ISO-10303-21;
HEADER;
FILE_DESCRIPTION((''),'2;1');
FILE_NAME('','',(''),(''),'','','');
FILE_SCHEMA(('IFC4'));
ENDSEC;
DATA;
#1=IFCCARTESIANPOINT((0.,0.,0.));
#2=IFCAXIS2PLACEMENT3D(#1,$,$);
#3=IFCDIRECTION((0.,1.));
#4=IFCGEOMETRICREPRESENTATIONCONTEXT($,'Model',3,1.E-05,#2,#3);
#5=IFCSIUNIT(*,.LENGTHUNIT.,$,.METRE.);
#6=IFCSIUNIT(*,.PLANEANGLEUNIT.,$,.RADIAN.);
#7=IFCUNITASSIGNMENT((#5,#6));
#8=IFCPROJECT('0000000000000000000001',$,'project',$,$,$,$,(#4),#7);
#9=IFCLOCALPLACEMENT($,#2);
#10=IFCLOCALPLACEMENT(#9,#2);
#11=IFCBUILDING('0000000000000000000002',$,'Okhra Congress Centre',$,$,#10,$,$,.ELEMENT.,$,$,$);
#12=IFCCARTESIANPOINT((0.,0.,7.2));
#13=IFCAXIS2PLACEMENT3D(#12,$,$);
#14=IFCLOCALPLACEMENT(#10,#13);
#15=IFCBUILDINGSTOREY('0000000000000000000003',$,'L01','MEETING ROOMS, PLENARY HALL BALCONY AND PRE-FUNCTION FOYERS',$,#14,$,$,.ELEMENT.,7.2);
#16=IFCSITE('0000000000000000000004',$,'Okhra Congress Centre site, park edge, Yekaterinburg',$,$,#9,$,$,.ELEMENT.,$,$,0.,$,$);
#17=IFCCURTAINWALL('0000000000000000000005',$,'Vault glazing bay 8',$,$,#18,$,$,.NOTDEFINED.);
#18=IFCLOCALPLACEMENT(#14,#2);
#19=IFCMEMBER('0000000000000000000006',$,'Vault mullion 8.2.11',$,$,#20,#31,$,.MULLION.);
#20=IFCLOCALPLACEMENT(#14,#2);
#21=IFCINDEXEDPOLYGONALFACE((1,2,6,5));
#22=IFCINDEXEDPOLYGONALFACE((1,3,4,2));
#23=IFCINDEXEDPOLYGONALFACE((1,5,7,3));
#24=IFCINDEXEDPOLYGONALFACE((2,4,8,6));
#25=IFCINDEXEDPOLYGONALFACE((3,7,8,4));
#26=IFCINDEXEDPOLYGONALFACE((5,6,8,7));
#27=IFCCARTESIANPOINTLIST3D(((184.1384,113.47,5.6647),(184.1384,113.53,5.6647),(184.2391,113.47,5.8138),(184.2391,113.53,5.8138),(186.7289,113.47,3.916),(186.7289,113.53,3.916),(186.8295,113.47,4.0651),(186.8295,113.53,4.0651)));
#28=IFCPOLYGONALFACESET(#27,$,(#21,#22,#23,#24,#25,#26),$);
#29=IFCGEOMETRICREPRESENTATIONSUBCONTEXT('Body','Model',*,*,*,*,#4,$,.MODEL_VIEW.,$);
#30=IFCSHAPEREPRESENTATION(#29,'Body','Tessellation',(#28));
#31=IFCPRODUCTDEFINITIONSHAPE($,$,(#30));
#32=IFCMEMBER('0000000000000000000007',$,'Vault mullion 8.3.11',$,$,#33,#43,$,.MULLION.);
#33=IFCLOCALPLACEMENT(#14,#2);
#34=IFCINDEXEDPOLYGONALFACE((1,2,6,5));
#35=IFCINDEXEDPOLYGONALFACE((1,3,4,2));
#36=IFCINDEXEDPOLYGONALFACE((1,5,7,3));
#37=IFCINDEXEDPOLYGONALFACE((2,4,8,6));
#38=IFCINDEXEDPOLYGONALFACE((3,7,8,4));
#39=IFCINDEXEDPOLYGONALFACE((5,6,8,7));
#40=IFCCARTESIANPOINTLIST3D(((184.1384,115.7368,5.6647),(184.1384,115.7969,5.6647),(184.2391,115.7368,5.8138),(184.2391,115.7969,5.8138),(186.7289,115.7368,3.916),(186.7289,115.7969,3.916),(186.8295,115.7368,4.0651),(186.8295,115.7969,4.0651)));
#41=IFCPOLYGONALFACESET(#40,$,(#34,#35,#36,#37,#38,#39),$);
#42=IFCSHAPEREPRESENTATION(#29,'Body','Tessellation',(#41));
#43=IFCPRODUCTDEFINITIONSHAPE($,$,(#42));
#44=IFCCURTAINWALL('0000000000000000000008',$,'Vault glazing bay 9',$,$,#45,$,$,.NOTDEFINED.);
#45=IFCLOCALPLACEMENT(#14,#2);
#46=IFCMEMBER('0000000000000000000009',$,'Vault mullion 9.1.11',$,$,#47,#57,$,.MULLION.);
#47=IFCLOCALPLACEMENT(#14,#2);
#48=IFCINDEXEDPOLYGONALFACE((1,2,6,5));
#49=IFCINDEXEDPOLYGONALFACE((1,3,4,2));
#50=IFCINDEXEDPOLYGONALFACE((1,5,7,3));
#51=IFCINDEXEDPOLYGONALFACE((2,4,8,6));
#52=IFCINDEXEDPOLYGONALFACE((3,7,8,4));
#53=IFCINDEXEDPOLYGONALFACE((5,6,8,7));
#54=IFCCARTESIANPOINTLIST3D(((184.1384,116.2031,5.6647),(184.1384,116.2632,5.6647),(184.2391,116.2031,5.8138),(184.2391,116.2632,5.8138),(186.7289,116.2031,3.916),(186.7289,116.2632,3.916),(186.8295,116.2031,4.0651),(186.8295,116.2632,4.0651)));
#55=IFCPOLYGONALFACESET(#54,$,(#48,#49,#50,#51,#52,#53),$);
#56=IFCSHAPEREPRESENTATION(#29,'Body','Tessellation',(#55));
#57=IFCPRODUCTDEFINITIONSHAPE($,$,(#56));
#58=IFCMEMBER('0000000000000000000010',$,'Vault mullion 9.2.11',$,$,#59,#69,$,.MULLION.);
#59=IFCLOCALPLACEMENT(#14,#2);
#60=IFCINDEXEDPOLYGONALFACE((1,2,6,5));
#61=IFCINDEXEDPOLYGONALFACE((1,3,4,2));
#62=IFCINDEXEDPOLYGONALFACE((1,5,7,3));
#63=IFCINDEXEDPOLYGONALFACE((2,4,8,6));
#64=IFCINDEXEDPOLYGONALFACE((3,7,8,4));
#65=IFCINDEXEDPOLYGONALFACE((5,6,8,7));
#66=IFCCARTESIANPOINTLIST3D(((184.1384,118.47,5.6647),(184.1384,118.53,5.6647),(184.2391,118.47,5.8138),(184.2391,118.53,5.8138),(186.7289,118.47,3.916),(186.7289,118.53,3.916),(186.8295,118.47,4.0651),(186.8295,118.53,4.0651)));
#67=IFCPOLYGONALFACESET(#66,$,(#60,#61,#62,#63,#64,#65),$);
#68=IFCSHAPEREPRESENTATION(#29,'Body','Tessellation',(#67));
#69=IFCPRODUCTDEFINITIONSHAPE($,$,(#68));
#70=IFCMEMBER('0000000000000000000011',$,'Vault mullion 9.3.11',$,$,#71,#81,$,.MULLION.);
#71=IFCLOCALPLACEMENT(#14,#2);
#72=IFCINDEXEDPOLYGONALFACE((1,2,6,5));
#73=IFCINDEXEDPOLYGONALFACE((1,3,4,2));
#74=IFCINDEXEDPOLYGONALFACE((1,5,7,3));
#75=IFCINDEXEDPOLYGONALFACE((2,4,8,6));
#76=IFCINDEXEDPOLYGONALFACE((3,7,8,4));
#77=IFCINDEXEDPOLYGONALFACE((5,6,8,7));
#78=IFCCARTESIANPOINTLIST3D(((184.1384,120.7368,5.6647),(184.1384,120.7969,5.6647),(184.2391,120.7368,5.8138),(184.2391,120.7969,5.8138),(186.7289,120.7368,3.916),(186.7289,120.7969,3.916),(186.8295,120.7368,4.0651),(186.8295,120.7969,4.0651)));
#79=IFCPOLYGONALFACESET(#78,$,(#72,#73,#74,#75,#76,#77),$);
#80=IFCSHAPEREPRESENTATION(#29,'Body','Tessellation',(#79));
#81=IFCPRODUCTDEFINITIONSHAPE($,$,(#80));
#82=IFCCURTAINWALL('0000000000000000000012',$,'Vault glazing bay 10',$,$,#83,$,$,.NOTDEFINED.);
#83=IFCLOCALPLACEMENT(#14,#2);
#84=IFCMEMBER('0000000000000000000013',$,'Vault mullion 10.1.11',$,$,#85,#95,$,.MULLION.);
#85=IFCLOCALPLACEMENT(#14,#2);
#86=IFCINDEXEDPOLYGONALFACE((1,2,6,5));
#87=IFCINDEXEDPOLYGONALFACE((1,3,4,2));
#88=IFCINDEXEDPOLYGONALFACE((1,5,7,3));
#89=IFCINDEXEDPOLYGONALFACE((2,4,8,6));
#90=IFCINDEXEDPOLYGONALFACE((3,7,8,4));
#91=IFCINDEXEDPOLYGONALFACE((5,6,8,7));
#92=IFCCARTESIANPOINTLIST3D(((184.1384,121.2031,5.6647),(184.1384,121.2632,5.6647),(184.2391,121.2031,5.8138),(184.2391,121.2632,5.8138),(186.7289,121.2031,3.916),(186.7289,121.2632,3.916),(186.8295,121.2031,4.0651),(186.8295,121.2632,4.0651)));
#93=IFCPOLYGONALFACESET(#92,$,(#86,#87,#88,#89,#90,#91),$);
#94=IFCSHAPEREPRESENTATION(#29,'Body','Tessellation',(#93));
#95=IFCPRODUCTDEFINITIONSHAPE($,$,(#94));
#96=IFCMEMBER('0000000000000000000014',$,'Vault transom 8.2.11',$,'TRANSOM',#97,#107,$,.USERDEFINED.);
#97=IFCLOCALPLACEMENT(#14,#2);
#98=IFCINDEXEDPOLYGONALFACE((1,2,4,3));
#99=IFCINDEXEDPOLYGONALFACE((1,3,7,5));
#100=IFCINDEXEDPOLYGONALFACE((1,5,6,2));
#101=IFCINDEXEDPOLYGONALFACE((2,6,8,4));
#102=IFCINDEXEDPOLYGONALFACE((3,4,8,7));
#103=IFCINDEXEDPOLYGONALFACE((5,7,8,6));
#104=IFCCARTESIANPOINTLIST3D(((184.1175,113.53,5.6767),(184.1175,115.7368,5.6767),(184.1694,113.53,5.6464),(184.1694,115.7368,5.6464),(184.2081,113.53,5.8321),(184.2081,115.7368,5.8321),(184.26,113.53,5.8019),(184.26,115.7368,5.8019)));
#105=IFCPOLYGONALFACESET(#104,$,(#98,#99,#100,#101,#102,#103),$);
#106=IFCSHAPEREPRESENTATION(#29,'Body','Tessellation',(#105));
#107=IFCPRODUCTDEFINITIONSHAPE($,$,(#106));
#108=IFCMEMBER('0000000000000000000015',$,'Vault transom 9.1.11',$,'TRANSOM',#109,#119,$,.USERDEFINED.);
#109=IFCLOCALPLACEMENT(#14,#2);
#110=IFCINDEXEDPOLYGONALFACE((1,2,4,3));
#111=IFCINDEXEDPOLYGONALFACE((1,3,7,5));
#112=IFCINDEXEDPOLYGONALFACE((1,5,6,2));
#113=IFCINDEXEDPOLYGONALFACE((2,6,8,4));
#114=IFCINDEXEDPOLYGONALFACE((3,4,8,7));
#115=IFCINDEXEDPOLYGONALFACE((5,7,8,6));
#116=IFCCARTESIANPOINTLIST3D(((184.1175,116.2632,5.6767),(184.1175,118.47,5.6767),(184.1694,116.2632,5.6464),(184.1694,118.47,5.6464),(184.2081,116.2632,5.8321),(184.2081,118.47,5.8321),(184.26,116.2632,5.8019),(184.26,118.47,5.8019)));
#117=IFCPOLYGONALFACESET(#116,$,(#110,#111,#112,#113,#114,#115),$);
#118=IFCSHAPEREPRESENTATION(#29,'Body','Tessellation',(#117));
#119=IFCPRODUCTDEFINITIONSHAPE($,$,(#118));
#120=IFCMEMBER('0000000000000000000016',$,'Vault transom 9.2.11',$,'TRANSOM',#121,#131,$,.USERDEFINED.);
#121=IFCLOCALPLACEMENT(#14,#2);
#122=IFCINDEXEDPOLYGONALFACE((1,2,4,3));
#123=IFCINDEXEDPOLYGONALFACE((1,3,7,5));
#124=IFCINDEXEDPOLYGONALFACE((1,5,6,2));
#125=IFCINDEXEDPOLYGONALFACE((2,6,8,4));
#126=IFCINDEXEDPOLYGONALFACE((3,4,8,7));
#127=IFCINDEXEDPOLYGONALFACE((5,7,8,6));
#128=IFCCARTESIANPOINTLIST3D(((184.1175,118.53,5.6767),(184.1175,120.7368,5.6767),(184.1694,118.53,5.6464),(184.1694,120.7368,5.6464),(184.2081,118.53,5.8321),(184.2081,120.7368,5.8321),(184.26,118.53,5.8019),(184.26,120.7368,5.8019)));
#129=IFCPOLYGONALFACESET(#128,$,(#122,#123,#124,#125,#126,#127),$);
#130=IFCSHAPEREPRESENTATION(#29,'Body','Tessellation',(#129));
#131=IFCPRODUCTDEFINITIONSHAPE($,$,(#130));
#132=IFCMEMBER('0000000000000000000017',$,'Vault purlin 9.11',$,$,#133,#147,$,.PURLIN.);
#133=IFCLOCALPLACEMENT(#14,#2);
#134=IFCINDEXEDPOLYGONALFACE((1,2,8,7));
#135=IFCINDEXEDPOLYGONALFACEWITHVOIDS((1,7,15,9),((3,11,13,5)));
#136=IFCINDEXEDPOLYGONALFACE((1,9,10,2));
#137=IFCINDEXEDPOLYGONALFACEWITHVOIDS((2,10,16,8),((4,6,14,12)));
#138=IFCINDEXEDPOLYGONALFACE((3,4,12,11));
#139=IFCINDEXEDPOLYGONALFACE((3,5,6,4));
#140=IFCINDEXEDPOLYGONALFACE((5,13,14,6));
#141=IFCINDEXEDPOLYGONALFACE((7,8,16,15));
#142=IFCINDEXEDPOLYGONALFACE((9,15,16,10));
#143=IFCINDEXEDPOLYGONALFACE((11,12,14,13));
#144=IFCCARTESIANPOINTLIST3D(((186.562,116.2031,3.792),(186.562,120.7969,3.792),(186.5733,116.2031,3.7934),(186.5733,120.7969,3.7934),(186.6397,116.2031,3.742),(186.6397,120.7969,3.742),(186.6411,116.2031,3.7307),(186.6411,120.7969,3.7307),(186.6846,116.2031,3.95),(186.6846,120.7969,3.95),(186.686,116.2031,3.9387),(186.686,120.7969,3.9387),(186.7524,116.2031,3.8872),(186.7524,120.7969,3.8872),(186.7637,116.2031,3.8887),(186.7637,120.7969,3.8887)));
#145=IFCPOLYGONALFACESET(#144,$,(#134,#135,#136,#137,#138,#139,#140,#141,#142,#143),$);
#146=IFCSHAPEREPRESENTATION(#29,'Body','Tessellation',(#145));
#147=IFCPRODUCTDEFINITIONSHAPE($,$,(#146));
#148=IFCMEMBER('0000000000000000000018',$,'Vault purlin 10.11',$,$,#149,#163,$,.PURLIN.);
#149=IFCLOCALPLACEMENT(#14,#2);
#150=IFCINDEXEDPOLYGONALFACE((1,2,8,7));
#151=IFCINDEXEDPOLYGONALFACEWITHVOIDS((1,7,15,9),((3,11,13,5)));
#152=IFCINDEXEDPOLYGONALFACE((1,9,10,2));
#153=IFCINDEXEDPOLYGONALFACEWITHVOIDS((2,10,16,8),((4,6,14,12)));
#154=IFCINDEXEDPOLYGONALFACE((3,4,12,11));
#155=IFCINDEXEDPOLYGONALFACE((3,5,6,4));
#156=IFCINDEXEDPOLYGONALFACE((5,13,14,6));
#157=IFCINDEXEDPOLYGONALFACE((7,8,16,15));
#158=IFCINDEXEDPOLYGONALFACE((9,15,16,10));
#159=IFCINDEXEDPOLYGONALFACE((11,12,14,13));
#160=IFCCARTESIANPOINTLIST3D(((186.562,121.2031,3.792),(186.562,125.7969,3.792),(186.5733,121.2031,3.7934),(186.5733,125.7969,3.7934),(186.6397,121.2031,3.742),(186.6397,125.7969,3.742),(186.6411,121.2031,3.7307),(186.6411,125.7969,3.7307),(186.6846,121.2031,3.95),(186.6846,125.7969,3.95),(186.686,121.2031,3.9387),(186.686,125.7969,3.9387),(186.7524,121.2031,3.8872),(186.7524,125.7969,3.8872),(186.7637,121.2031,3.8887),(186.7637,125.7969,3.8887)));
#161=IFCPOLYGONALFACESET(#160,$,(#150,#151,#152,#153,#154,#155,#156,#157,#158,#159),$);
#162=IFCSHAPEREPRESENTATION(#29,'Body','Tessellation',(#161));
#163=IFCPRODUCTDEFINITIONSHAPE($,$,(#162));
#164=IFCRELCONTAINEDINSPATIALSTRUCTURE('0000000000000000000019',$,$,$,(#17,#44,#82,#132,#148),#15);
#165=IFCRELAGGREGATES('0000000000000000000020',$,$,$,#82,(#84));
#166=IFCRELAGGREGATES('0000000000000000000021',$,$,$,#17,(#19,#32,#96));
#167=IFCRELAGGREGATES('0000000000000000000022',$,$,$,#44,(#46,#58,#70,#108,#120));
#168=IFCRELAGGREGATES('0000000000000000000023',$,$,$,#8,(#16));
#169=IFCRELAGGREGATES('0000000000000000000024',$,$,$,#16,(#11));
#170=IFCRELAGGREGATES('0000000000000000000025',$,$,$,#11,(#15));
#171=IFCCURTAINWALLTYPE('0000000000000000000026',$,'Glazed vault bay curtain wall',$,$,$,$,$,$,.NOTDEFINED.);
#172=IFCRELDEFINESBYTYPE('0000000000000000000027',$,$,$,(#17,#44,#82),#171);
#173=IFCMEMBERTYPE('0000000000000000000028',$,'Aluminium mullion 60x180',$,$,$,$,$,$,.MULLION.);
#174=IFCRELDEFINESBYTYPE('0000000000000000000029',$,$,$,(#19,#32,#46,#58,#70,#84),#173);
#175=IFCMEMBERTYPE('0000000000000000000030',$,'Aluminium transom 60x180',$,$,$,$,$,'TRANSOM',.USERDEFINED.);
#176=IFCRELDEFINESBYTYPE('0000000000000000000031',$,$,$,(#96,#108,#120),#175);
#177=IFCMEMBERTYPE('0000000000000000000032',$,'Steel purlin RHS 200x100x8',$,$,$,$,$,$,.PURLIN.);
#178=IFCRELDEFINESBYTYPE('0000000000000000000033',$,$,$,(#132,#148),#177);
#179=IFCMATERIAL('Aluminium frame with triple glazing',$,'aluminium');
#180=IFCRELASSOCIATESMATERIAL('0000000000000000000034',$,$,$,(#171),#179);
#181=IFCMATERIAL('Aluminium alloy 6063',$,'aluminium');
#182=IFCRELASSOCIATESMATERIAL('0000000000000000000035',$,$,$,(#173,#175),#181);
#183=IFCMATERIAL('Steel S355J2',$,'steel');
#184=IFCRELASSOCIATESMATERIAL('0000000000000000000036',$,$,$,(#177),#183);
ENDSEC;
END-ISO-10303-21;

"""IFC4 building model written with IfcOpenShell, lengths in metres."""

from ifc_helpers import new_model, si_unit, direction, frame, origin, origin_2d, place, context, subcontext, project, spatial, rectangle, hollow_rectangle, extrude, material, material_profile, profile_set, type_object, element, aggregate, save


model = new_model("IFC4")

# Units and contexts
model_context = context("Model", 3, precision=1e-05, world=origin(), true_north=direction((0.0, 1.0)))
body_context = subcontext(model_context, "Body", "Model", "MODEL_VIEW")
ifc_project = project(units=[si_unit("LENGTHUNIT", "METRE"), si_unit("PLANEANGLEUNIT", "RADIAN")], contexts=[model_context])

# Site, building, storey
site_placement = place(None, origin())
site = spatial("IfcSite", under=ifc_project, at=site_placement, Name="Okhra Congress Centre site, park edge, Yekaterinburg", CompositionType="ELEMENT", RefElevation=0.0)
building_placement = place(site_placement, origin())
building = spatial("IfcBuilding", under=site, at=building_placement, Name="Okhra Congress Centre", CompositionType="ELEMENT")
storey_placement = place(building_placement, frame((0.0, 0.0, 7.2)))
storey = spatial("IfcBuildingStorey", under=building, at=storey_placement, Name="L01", Description="MEETING ROOMS, PLENARY HALL BALCONY AND PRE-FUNCTION FOYERS", CompositionType="ELEMENT", Elevation=7.2)

# Curtain walls, members
ifc_material_1 = material(Name="Aluminium frame with triple glazing", Category="aluminium")
curtain_wall_type = type_object("IfcCurtainWallType", Name="Glazed vault bay curtain wall", PredefinedType="NOTDEFINED", material=ifc_material_1)
curtain_wall_1_placement = place(storey_placement, origin())
curtain_wall_1 = element("IfcCurtainWall", 1, at=curtain_wall_1_placement, inside=storey, type_object=curtain_wall_type, Name="Vault glazing bay 8", PredefinedType="NOTDEFINED")
ifc_material_2 = material(Name="Aluminium alloy 6063", Category="aluminium")
ifc_material_profile_1 = material_profile(ifc_material_2, rectangle(XDim=0.0601, YDim=0.1799, at=origin_2d()), Name="AL 60x180")
ifc_profile_set_1 = profile_set([ifc_material_profile_1], Name="Aluminium alloy 6063")
member_type_1 = type_object("IfcMemberType", Name="Aluminium mullion 60x180", PredefinedType="MULLION", material=ifc_profile_set_1)
member_1_placement = place(storey_placement, frame((184.1887, 113.5, 5.7393), z_axis=(0.828828, 0.0, -0.559504), x_axis=(0.0, 1.0, 0.0)))
member_1 = element("IfcMember", 2, at=member_1_placement, type_object=member_type_1, Name="Vault mullion 8.2.11", PredefinedType="MULLION", context=body_context, shape_type="SweptSolid", body=[
    extrude(rectangle(XDim=0.0601, YDim=0.1799, at=origin_2d()), origin(), (0.0, 0.0, 1.0), 3.1255),
])
member_2_placement = place(storey_placement, frame((184.1887, 115.7668, 5.7393), z_axis=(0.828828, 0.0, -0.559504), x_axis=(0.0, 1.0, 0.0)))
member_2 = element("IfcMember", 3, at=member_2_placement, type_object=member_type_1, Name="Vault mullion 8.3.11", PredefinedType="MULLION", context=body_context, shape_type="SweptSolid", body=[
    extrude(rectangle(XDim=0.0601, YDim=0.1799, at=origin_2d()), origin(), (0.0, 0.0, 1.0), 3.1255),
])
curtain_wall_2_placement = place(storey_placement, origin())
curtain_wall_2 = element("IfcCurtainWall", 4, at=curtain_wall_2_placement, inside=storey, type_object=curtain_wall_type, Name="Vault glazing bay 9", PredefinedType="NOTDEFINED")
member_3_placement = place(storey_placement, frame((184.1887, 116.2332, 5.7393), z_axis=(0.828828, 0.0, -0.559504), x_axis=(0.0, 1.0, 0.0)))
member_3 = element("IfcMember", 5, at=member_3_placement, type_object=member_type_1, Name="Vault mullion 9.1.11", PredefinedType="MULLION", context=body_context, shape_type="SweptSolid", body=[
    extrude(rectangle(XDim=0.0601, YDim=0.1799, at=origin_2d()), origin(), (0.0, 0.0, 1.0), 3.1255),
])
member_4_placement = place(storey_placement, frame((184.1887, 118.5, 5.7393), z_axis=(0.828828, 0.0, -0.559504), x_axis=(0.0, 1.0, 0.0)))
member_4 = element("IfcMember", 6, at=member_4_placement, type_object=member_type_1, Name="Vault mullion 9.2.11", PredefinedType="MULLION", context=body_context, shape_type="SweptSolid", body=[
    extrude(rectangle(XDim=0.0601, YDim=0.1799, at=origin_2d()), origin(), (0.0, 0.0, 1.0), 3.1255),
])
member_5_placement = place(storey_placement, frame((184.1887, 120.7668, 5.7393), z_axis=(0.828828, 0.0, -0.559504), x_axis=(0.0, 1.0, 0.0)))
member_5 = element("IfcMember", 7, at=member_5_placement, type_object=member_type_1, Name="Vault mullion 9.3.11", PredefinedType="MULLION", context=body_context, shape_type="SweptSolid", body=[
    extrude(rectangle(XDim=0.0601, YDim=0.1799, at=origin_2d()), origin(), (0.0, 0.0, 1.0), 3.1255),
])

# Curtain wall, member
curtain_wall_3_placement = place(storey_placement, origin())
curtain_wall_3 = element("IfcCurtainWall", 8, at=curtain_wall_3_placement, inside=storey, type_object=curtain_wall_type, Name="Vault glazing bay 10", PredefinedType="NOTDEFINED")
member_6_placement = place(storey_placement, frame((184.1887, 121.2332, 5.7393), z_axis=(0.828828, 0.0, -0.559504), x_axis=(0.0, 1.0, 0.0)))
member_6 = element("IfcMember", 9, at=member_6_placement, type_object=member_type_1, Name="Vault mullion 10.1.11", PredefinedType="MULLION", context=body_context, shape_type="SweptSolid", body=[
    extrude(rectangle(XDim=0.0601, YDim=0.1799, at=origin_2d()), origin(), (0.0, 0.0, 1.0), 3.1255),
])
aggregate(curtain_wall_3, [member_6])

# Members
ifc_material_profile_2 = material_profile(ifc_material_2, rectangle(XDim=0.0601, YDim=0.1799, at=origin_2d()), Name="AL 60x180 transom")
ifc_profile_set_2 = profile_set([ifc_material_profile_2], Name="Aluminium alloy 6063")
member_type_2 = type_object("IfcMemberType", Name="Aluminium transom 60x180", ElementType="TRANSOM", PredefinedType="USERDEFINED", material=ifc_profile_set_2)
member_7_placement = place(storey_placement, frame((184.1887, 113.53, 5.7393), z_axis=(0.0, 1.0, 0.0), x_axis=(-0.863917, 0.0, 0.503634)))
member_7 = element("IfcMember", 10, at=member_7_placement, type_object=member_type_2, Name="Vault transom 8.2.11", ObjectType="TRANSOM", PredefinedType="USERDEFINED", context=body_context, shape_type="SweptSolid", body=[
    extrude(rectangle(XDim=0.0601, YDim=0.1799, at=origin_2d()), origin(), (0.0, 0.0, 1.0), 2.2068),
])
member_8_placement = place(storey_placement, frame((184.1887, 116.2632, 5.7393), z_axis=(0.0, 1.0, 0.0), x_axis=(-0.863917, 0.0, 0.503634)))
member_8 = element("IfcMember", 11, at=member_8_placement, type_object=member_type_2, Name="Vault transom 9.1.11", ObjectType="TRANSOM", PredefinedType="USERDEFINED", context=body_context, shape_type="SweptSolid", body=[
    extrude(rectangle(XDim=0.0601, YDim=0.1799, at=origin_2d()), origin(), (0.0, 0.0, 1.0), 2.2068),
])
member_9_placement = place(storey_placement, frame((184.1887, 118.53, 5.7393), z_axis=(0.0, 1.0, 0.0), x_axis=(-0.863917, 0.0, 0.503634)))
member_9 = element("IfcMember", 12, at=member_9_placement, type_object=member_type_2, Name="Vault transom 9.2.11", ObjectType="TRANSOM", PredefinedType="USERDEFINED", context=body_context, shape_type="SweptSolid", body=[
    extrude(rectangle(XDim=0.0601, YDim=0.1799, at=origin_2d()), origin(), (0.0, 0.0, 1.0), 2.2068),
])

# Members
ifc_material_3 = material(Name="Steel S355J2", Category="steel")
ifc_material_profile_3 = material_profile(ifc_material_3, hollow_rectangle(XDim=0.1001, YDim=0.2, WallThickness=0.0081, at=origin_2d()), Name="RHS 200x100x8")
ifc_profile_set_3 = profile_set([ifc_material_profile_3], Name="Steel S355J2")
member_type_3 = type_object("IfcMemberType", Name="Steel purlin RHS 200x100x8", PredefinedType="PURLIN", material=ifc_profile_set_3)
for number, where, z_axis, x_axis, name in (
    (13, (186.6628, 116.2031, 3.8403), (0.0, 1.0, 0.0), (-0.790145, 0.0, 0.61292), "Vault purlin 9.11"),
    (14, (186.6628, 121.2031, 3.8403), (0.0, 1.0, 0.0), (-0.790145, 0.0, 0.61292), "Vault purlin 10.11"),
):
    element("IfcMember", number, at=place(storey_placement, frame(where, z_axis=z_axis, x_axis=x_axis)), inside=storey, type_object=member_type_3, Name=name, PredefinedType="PURLIN", context=body_context, shape_type="SweptSolid", body=[
        extrude(hollow_rectangle(XDim=0.1001, YDim=0.2, WallThickness=0.0081, at=origin_2d()), origin(), (0.0, 0.0, 1.0), 4.5938),
    ])

aggregate(curtain_wall_1, [member_1, member_2, member_7])
aggregate(curtain_wall_2, [member_3, member_4, member_5, member_8, member_9])

save(model, "model.ifc")
